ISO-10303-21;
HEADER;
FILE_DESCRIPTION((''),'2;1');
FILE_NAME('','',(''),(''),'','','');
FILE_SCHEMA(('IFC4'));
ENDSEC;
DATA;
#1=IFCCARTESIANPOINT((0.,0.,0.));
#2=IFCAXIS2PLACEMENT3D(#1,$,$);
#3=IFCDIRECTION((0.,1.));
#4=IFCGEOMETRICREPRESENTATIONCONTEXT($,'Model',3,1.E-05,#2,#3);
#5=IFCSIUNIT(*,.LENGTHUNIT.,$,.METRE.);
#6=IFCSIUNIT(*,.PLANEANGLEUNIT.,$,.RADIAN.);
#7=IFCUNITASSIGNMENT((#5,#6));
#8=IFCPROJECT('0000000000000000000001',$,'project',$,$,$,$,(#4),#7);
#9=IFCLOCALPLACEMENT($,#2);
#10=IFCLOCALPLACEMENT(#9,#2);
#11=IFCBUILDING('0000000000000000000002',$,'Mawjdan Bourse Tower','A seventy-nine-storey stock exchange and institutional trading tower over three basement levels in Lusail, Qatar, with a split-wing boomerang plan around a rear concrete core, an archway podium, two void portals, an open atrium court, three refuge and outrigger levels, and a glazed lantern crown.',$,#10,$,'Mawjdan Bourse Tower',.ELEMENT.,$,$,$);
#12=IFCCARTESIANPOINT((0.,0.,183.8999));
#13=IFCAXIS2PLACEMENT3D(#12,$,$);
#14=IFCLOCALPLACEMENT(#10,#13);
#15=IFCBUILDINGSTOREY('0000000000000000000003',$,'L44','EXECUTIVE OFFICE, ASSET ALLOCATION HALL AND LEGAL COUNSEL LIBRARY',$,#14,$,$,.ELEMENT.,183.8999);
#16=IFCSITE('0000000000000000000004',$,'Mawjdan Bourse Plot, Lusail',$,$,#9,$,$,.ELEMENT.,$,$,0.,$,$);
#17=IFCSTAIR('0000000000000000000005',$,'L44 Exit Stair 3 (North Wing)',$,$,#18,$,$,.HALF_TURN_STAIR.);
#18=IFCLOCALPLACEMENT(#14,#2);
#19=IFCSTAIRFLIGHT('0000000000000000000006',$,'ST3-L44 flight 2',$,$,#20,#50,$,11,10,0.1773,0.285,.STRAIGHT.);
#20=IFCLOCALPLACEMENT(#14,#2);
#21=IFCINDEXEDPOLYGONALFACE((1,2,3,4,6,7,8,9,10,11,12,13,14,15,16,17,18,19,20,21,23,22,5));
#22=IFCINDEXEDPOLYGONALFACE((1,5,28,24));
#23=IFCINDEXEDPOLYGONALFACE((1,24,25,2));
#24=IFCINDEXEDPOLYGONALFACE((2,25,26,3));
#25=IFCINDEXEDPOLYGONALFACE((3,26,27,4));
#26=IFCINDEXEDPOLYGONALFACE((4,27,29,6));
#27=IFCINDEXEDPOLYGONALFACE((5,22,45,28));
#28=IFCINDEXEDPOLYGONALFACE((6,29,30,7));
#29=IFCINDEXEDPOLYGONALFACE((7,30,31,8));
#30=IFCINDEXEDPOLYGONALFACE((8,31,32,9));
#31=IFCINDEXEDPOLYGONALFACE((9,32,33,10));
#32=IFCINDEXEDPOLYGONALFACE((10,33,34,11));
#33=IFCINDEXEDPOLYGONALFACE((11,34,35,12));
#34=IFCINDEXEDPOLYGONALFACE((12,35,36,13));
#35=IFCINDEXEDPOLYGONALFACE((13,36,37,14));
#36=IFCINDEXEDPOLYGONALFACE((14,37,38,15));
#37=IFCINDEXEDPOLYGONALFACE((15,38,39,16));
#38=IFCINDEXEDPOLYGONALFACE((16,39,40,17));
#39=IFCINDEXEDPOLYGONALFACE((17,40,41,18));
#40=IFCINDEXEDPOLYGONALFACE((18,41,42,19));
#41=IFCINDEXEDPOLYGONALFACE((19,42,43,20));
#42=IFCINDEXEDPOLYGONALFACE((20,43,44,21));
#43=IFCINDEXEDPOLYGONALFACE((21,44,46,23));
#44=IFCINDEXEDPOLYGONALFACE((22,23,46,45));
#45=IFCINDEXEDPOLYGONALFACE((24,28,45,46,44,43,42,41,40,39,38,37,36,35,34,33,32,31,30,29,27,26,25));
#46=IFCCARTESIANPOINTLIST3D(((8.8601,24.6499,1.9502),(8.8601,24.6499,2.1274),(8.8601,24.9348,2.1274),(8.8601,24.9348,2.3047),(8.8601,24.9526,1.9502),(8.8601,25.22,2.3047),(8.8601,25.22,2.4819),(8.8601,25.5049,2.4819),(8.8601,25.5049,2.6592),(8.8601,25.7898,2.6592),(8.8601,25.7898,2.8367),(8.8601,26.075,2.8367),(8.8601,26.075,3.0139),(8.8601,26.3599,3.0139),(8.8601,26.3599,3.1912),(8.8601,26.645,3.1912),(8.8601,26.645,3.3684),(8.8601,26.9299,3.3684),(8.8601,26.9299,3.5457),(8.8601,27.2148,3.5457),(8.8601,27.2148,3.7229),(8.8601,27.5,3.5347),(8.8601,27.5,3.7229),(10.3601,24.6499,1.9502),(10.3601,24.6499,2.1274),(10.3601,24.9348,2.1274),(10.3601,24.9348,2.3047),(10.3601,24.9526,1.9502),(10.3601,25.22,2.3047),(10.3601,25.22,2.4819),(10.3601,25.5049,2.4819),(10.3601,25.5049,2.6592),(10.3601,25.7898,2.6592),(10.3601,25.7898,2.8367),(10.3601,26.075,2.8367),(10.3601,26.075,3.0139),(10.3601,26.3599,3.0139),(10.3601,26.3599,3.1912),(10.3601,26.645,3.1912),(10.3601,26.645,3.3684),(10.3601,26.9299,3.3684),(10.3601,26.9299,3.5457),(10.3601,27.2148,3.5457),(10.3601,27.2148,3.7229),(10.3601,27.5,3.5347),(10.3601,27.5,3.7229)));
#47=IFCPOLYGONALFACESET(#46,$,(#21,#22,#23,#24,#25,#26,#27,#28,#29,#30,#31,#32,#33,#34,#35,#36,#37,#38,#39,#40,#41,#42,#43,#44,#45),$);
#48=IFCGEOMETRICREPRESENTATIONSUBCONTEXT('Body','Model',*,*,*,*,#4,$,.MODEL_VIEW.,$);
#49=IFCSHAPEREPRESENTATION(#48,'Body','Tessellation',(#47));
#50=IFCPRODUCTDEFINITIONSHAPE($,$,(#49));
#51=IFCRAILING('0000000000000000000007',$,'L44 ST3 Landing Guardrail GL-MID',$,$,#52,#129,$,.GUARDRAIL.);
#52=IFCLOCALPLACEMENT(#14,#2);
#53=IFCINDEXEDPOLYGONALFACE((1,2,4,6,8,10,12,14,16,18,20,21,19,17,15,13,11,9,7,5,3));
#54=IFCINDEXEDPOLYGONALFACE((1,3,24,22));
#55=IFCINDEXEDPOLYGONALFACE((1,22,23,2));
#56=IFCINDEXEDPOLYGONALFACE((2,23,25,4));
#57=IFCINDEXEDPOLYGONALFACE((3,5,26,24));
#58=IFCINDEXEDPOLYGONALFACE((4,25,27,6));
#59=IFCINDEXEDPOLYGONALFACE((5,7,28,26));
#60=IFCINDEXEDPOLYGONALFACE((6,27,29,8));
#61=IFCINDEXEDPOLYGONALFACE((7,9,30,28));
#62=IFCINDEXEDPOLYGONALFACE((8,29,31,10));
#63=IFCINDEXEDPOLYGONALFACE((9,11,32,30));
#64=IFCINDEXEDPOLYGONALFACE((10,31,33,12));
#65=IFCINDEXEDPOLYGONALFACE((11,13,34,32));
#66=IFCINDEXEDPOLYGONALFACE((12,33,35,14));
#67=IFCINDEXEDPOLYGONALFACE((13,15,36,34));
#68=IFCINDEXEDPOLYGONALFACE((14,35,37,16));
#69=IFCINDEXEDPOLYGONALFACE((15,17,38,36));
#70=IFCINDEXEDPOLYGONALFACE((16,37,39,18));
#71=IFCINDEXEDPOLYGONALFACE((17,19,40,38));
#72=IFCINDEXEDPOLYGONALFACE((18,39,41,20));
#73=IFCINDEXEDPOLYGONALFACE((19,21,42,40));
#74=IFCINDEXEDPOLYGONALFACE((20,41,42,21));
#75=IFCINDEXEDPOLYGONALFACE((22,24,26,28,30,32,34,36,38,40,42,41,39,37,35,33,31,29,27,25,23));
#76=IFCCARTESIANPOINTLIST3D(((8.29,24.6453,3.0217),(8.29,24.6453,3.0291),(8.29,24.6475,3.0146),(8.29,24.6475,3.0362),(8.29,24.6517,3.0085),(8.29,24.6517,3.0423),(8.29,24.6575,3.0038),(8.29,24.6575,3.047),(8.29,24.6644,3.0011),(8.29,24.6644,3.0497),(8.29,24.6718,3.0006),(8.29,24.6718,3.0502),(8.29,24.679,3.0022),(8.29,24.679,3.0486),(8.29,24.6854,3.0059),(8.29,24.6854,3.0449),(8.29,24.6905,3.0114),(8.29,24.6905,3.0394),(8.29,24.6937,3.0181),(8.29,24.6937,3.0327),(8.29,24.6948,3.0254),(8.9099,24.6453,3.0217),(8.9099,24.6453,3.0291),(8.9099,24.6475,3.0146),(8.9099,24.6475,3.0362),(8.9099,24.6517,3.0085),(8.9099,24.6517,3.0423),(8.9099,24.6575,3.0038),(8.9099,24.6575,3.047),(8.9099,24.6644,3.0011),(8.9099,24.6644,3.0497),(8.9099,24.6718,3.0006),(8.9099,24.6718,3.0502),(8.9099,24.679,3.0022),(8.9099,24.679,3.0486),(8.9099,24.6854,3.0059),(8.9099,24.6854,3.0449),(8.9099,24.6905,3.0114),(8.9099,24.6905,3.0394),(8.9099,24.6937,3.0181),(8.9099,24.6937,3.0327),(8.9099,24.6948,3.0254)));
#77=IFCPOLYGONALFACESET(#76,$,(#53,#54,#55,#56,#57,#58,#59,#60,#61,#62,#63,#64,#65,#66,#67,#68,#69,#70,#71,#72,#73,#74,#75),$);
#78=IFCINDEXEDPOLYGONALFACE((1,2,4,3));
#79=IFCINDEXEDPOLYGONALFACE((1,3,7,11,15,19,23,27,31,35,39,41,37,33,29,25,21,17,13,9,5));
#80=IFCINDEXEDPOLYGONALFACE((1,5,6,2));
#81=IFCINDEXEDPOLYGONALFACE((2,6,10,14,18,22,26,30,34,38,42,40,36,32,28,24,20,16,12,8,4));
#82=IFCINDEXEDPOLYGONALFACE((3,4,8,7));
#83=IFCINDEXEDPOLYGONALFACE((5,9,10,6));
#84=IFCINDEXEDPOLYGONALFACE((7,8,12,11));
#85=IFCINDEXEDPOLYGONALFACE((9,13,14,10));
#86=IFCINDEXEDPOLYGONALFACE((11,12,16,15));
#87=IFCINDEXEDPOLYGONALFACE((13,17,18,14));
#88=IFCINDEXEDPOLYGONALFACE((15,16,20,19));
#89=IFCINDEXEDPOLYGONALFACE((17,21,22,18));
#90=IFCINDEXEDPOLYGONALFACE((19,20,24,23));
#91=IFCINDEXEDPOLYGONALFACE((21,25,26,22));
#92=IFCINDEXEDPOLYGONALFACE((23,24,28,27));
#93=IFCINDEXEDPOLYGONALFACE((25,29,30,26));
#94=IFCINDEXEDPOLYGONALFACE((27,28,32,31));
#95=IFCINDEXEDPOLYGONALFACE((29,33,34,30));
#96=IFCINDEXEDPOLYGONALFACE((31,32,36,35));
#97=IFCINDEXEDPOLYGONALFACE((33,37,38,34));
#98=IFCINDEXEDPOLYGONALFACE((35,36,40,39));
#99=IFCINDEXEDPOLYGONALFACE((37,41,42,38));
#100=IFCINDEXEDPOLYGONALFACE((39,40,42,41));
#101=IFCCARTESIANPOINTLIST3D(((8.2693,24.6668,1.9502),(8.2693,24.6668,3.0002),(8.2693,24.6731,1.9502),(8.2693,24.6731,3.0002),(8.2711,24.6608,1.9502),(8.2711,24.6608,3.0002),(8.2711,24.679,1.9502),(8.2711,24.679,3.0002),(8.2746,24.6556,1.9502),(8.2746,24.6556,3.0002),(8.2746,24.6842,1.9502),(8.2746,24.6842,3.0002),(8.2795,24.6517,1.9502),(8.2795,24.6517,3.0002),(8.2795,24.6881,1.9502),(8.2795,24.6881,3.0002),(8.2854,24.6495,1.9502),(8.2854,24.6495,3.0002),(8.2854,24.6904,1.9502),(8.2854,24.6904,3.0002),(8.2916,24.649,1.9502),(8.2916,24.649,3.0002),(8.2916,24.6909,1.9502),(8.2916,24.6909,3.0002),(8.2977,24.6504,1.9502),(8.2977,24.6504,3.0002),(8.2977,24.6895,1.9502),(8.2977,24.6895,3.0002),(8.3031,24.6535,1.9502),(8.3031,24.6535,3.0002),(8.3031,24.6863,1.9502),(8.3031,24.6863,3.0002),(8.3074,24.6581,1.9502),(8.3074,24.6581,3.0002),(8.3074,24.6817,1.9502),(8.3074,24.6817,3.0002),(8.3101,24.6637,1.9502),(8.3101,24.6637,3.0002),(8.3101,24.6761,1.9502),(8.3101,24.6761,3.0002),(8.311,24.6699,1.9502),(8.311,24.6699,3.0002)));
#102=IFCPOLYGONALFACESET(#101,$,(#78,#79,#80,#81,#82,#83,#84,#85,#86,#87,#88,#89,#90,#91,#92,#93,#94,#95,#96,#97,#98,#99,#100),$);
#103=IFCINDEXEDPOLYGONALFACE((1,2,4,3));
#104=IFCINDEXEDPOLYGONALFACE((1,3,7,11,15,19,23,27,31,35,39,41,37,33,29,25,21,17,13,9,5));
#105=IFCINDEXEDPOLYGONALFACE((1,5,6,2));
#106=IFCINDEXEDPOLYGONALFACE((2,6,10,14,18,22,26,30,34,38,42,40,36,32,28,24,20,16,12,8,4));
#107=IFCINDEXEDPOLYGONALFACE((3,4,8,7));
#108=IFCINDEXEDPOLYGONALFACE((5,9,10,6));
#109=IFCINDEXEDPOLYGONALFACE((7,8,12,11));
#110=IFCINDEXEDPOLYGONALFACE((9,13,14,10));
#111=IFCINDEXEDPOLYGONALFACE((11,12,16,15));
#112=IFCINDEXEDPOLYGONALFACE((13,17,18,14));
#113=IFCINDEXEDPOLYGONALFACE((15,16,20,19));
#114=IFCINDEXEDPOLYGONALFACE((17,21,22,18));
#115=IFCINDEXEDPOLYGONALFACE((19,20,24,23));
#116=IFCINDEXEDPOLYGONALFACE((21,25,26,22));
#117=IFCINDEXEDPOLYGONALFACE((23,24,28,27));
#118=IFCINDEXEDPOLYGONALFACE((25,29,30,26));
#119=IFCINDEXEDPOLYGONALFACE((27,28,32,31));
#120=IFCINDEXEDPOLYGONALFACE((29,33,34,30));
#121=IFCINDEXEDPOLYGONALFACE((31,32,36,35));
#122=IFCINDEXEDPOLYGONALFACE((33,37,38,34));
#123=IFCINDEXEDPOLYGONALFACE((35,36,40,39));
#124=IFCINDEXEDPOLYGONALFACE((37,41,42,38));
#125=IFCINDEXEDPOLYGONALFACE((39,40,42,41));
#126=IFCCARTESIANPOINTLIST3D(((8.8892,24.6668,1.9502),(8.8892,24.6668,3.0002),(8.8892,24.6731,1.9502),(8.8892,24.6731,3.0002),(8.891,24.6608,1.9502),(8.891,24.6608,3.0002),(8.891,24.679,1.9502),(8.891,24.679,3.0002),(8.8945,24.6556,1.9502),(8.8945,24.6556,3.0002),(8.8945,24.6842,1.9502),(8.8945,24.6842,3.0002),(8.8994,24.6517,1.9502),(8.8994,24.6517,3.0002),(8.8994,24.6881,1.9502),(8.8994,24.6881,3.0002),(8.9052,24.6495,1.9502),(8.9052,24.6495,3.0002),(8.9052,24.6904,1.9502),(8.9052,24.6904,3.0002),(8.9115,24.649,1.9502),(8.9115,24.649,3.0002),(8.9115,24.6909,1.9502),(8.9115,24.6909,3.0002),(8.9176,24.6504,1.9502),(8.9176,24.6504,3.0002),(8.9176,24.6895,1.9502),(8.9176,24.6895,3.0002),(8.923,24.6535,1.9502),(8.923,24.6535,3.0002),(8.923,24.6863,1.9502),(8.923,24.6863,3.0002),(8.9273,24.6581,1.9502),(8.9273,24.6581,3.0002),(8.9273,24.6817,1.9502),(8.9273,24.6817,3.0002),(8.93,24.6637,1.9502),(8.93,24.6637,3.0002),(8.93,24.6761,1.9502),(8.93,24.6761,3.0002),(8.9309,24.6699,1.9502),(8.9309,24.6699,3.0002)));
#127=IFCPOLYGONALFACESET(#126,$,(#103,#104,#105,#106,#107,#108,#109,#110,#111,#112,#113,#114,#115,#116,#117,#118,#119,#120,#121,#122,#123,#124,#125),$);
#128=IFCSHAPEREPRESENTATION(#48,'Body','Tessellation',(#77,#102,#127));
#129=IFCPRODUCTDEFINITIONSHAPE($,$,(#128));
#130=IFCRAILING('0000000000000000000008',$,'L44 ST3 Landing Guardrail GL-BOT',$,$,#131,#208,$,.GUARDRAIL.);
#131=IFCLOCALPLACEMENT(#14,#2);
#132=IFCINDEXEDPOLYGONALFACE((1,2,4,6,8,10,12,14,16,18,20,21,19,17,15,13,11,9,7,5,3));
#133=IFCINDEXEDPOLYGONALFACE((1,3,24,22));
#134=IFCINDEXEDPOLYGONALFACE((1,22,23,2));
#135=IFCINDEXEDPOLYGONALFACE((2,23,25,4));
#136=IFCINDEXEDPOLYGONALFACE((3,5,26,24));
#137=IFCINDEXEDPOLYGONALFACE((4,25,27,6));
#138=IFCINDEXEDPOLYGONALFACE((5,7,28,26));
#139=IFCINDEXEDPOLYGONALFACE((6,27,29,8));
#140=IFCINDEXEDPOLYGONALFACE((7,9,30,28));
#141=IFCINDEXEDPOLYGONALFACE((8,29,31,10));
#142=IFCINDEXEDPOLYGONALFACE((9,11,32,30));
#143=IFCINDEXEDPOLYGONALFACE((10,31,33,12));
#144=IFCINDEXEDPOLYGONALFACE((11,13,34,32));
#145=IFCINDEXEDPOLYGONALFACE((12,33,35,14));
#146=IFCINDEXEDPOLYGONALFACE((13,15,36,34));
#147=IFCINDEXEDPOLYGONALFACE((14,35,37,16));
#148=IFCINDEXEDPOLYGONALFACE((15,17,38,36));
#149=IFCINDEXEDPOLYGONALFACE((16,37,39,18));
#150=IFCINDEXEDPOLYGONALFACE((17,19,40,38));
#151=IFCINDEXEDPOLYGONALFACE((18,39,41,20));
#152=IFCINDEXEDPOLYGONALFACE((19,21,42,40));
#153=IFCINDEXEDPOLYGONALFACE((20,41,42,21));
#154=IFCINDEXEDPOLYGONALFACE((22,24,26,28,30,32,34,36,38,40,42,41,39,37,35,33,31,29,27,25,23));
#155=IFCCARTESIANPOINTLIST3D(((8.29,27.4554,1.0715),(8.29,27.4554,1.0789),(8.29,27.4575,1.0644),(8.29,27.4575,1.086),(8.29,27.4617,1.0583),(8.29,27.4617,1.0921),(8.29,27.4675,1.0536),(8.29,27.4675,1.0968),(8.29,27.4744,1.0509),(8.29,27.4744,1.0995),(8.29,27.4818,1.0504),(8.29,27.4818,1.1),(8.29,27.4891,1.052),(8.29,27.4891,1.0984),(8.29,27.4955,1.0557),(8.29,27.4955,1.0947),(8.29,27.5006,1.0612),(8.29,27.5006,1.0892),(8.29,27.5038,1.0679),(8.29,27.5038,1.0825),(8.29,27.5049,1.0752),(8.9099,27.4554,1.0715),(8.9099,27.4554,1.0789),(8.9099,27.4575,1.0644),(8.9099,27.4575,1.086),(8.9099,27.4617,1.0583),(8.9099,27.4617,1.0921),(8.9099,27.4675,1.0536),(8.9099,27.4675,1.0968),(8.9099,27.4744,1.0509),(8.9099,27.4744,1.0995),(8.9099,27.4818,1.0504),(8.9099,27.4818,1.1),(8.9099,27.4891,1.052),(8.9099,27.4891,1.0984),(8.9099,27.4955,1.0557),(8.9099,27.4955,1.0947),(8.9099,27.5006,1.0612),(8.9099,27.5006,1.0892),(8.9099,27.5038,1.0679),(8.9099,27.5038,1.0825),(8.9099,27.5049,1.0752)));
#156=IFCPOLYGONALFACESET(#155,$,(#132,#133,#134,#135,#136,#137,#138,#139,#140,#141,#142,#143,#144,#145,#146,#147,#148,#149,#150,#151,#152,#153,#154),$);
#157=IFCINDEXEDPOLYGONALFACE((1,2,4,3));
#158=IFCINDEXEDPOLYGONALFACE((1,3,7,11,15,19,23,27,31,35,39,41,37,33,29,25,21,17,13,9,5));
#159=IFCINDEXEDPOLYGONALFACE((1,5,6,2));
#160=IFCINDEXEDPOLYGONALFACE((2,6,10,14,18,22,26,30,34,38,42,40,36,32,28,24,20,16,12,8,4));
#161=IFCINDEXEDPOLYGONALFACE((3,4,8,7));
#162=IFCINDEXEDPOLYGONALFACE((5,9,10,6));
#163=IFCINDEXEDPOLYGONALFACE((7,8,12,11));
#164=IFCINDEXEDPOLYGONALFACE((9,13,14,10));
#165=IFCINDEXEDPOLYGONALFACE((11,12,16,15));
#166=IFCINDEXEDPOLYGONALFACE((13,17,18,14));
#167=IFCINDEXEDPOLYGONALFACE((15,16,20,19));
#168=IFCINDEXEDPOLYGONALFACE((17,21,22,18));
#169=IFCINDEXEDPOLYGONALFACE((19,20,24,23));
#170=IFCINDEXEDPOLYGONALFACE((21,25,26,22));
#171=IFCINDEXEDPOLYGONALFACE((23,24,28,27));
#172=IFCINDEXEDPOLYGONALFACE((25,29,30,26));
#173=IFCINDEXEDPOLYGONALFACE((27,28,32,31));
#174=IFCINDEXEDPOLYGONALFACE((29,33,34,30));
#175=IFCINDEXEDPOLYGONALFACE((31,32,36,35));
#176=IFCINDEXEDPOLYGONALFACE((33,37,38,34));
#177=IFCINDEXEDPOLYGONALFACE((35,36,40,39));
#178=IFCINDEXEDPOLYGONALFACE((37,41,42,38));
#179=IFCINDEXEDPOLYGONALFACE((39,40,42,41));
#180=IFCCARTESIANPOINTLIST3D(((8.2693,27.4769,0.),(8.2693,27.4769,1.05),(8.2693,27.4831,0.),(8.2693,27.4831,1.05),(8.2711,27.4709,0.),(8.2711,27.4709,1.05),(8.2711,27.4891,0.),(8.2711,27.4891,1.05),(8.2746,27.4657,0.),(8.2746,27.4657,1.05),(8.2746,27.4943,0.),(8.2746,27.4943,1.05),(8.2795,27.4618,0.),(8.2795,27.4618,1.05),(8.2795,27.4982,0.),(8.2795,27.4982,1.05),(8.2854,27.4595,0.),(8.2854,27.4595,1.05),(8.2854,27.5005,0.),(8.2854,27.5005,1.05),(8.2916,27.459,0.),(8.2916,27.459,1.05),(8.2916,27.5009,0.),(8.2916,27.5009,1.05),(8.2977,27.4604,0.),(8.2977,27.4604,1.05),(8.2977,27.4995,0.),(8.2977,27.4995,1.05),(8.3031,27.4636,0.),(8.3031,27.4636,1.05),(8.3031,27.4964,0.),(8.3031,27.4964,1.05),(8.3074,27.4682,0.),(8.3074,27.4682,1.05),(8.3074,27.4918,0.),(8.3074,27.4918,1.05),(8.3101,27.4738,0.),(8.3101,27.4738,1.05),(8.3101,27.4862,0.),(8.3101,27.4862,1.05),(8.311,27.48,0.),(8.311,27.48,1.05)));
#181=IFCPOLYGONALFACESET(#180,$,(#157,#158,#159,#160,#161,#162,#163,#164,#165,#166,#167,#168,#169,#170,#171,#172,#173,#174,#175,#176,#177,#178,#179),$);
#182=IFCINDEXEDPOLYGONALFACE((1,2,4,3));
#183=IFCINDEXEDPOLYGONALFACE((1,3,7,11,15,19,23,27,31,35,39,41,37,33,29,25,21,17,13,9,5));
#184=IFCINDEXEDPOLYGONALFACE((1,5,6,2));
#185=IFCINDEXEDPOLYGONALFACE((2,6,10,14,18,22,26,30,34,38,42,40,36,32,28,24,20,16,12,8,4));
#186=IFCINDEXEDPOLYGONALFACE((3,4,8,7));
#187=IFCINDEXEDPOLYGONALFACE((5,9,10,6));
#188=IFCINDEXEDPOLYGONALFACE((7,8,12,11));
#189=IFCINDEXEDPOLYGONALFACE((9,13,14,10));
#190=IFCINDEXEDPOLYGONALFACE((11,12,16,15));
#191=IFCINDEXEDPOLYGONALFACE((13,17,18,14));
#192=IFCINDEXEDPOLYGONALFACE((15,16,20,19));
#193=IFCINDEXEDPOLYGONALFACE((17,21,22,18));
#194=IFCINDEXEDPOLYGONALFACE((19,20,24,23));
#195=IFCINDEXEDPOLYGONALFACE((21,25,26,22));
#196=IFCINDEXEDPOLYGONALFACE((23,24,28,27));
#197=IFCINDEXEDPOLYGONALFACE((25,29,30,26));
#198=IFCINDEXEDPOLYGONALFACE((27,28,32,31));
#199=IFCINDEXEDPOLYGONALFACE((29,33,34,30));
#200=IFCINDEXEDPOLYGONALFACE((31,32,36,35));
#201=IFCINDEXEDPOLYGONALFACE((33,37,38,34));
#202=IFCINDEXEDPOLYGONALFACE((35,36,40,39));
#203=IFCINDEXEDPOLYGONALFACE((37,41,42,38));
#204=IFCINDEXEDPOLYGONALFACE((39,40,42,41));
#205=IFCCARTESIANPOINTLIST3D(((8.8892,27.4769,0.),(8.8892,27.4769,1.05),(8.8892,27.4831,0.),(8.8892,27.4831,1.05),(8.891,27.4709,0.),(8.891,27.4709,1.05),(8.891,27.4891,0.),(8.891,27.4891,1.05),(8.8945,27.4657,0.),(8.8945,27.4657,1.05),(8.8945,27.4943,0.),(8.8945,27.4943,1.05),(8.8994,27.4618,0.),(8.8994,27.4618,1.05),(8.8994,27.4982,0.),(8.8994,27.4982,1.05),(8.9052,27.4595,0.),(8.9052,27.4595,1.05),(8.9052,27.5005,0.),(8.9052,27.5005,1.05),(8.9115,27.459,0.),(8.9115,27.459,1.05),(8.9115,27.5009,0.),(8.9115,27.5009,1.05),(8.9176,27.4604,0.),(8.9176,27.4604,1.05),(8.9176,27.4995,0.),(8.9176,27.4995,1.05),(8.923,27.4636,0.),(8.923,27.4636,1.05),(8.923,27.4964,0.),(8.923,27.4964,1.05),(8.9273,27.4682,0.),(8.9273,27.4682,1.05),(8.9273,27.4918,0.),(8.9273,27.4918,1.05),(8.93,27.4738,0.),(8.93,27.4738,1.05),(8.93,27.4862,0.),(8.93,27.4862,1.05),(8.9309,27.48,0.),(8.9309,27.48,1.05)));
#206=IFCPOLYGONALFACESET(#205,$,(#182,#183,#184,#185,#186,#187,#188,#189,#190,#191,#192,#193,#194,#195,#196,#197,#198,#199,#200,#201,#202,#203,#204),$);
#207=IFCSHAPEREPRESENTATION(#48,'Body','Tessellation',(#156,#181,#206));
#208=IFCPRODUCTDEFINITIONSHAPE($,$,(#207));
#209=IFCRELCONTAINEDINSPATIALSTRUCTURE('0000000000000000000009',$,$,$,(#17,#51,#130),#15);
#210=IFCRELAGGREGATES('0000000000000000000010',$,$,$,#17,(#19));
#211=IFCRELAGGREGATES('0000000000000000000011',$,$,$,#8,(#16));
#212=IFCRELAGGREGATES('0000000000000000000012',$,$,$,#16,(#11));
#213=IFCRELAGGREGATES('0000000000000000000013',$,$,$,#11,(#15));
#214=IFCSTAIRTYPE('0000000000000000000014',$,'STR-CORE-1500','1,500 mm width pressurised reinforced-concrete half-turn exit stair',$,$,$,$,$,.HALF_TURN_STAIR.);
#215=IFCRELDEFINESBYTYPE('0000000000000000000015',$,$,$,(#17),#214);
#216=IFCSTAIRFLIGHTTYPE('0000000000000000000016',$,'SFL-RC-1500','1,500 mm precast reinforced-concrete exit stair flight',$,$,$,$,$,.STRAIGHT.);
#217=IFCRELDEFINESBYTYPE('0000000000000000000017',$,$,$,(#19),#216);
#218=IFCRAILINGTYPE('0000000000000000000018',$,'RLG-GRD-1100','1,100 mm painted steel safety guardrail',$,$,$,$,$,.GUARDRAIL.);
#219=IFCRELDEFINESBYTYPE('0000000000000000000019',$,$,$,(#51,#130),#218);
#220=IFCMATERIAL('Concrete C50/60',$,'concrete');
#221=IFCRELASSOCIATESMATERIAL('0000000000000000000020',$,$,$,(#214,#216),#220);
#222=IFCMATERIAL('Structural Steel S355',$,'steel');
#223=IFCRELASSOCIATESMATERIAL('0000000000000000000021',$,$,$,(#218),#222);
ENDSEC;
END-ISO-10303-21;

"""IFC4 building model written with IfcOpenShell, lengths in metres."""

from ifc_helpers import new_model, si_unit, direction, frame, origin, origin_2d, place, context, subcontext, project, spatial, polyline, circle, outline, extrude, material, type_object, element, aggregate, save


model = new_model("IFC4")

# Units and contexts
model_context = context("Model", 3, precision=1e-05, world=origin(), true_north=direction((0.0, 1.0)))
body_context = subcontext(model_context, "Body", "Model", "MODEL_VIEW")
ifc_project = project(units=[si_unit("LENGTHUNIT", "METRE"), si_unit("PLANEANGLEUNIT", "RADIAN")], contexts=[model_context])

# Site, building, storey
site_placement = place(None, origin())
site = spatial("IfcSite", under=ifc_project, at=site_placement, Name="Mawjdan Bourse Plot, Lusail", CompositionType="ELEMENT", RefElevation=0.0)
building_placement = place(site_placement, origin())
building = spatial("IfcBuilding", under=site, at=building_placement, Name="Mawjdan Bourse Tower", Description="A seventy-nine-storey stock exchange and institutional trading tower over three basement levels in Lusail, Qatar, with a split-wing boomerang plan around a rear concrete core, an archway podium, two void portals, an open atrium court, three refuge and outrigger levels, and a glazed lantern crown.", LongName="Mawjdan Bourse Tower", CompositionType="ELEMENT")
storey_placement = place(building_placement, frame((0.0, 0.0, 183.8999)))
storey = spatial("IfcBuildingStorey", under=building, at=storey_placement, Name="L44", Description="EXECUTIVE OFFICE, ASSET ALLOCATION HALL AND LEGAL COUNSEL LIBRARY", CompositionType="ELEMENT", Elevation=183.8999)

# Shared definitions
ifc_material_1 = material(Name="Structural Steel S355", Category="steel")

# Shared definitions
ifc_material_2 = material(Name="Concrete C50/60", Category="concrete")

# Stair, stair flight
stair_type = type_object("IfcStairType", Name="STR-CORE-1500", Description="1,500 mm width pressurised reinforced-concrete half-turn exit stair", PredefinedType="HALF_TURN_STAIR", material=ifc_material_2)
stair_placement = place(storey_placement, origin())
stair = element("IfcStair", 1, at=stair_placement, inside=storey, type_object=stair_type, Name="L44 Exit Stair 3 (North Wing)", PredefinedType="HALF_TURN_STAIR")
stair_flight_type = type_object("IfcStairFlightType", Name="SFL-RC-1500", Description="1,500 mm precast reinforced-concrete exit stair flight", PredefinedType="STRAIGHT", material=ifc_material_2)
stair_flight_1_placement = place(storey_placement, frame((9.6101, 24.6499, 1.9502), z_axis=(0.0, 0.0, 1.0), x_axis=(0.0, 1.0, 0.0)))
stair_flight_1 = element("IfcStairFlight", 2, at=stair_flight_1_placement, type_object=stair_flight_type, Name="ST3-L44 flight 2", NumberOfRisers=11, NumberOfTreads=10, PredefinedType="STRAIGHT", RiserHeight=0.1773, TreadLength=0.285, context=body_context, shape_type="SweptSolid", body=[
    extrude(outline(polyline([(0.0, 0.0), (0.0, 0.1772), (0.2849, 0.1772), (0.2849, 0.3545), (0.5701, 0.3545), (0.5701, 0.5317), (0.855, 0.5317), (0.855, 0.709), (1.1399, 0.709), (1.1399, 0.8865), (1.425, 0.8865), (1.425, 1.0637), (1.71, 1.0637), (1.71, 1.241), (1.9951, 1.241), (1.9951, 1.4182), (2.28, 1.4182), (2.28, 1.5955), (2.5649, 1.5955), (2.5649, 1.7727), (2.8501, 1.7727), (2.8501, 1.95), (2.8501, 1.5845), (0.3027, 0.0), (0.0, 0.0)])), frame((0.0, 0.75, 0.0), z_axis=(0.0, -1.0, 0.0), x_axis=(1.0, 0.0, 0.0)), (0.0, 0.0, 1.0), 1.5),
])
aggregate(stair, [stair_flight_1])

# Railings
railing_type_1 = type_object("IfcRailingType", Name="RLG-GRD-1100", Description="1,100 mm painted steel safety guardrail", PredefinedType="GUARDRAIL", material=ifc_material_1)
for number, where, name in (
    (3, (8.29, 24.6699, 1.9502), "L44 ST3 Landing Guardrail GL-MID"),
    (4, (8.29, 27.48, 0.0), "L44 ST3 Landing Guardrail GL-BOT"),
):
    element("IfcRailing", number, at=place(storey_placement, frame(where)), inside=storey, type_object=railing_type_1, Name=name, PredefinedType="GUARDRAIL", context=body_context, shape_type="SweptSolid", body=[
        extrude(circle(Radius=0.0249, at=origin_2d()), frame((0.0, 0.0, 1.0752), z_axis=(1.0, 0.0, 0.0), x_axis=(0.0, 1.0, 0.0)), (0.0, 0.0, 1.0), 0.6199),
        extrude(circle(Radius=0.021, at=origin_2d()), origin(), (0.0, 0.0, 1.0), 1.05),
        extrude(circle(Radius=0.021, at=origin_2d()), frame((0.6199, 0.0, 0.0)), (0.0, 0.0, 1.0), 1.05),
    ])

save(model, "model.ifc")
